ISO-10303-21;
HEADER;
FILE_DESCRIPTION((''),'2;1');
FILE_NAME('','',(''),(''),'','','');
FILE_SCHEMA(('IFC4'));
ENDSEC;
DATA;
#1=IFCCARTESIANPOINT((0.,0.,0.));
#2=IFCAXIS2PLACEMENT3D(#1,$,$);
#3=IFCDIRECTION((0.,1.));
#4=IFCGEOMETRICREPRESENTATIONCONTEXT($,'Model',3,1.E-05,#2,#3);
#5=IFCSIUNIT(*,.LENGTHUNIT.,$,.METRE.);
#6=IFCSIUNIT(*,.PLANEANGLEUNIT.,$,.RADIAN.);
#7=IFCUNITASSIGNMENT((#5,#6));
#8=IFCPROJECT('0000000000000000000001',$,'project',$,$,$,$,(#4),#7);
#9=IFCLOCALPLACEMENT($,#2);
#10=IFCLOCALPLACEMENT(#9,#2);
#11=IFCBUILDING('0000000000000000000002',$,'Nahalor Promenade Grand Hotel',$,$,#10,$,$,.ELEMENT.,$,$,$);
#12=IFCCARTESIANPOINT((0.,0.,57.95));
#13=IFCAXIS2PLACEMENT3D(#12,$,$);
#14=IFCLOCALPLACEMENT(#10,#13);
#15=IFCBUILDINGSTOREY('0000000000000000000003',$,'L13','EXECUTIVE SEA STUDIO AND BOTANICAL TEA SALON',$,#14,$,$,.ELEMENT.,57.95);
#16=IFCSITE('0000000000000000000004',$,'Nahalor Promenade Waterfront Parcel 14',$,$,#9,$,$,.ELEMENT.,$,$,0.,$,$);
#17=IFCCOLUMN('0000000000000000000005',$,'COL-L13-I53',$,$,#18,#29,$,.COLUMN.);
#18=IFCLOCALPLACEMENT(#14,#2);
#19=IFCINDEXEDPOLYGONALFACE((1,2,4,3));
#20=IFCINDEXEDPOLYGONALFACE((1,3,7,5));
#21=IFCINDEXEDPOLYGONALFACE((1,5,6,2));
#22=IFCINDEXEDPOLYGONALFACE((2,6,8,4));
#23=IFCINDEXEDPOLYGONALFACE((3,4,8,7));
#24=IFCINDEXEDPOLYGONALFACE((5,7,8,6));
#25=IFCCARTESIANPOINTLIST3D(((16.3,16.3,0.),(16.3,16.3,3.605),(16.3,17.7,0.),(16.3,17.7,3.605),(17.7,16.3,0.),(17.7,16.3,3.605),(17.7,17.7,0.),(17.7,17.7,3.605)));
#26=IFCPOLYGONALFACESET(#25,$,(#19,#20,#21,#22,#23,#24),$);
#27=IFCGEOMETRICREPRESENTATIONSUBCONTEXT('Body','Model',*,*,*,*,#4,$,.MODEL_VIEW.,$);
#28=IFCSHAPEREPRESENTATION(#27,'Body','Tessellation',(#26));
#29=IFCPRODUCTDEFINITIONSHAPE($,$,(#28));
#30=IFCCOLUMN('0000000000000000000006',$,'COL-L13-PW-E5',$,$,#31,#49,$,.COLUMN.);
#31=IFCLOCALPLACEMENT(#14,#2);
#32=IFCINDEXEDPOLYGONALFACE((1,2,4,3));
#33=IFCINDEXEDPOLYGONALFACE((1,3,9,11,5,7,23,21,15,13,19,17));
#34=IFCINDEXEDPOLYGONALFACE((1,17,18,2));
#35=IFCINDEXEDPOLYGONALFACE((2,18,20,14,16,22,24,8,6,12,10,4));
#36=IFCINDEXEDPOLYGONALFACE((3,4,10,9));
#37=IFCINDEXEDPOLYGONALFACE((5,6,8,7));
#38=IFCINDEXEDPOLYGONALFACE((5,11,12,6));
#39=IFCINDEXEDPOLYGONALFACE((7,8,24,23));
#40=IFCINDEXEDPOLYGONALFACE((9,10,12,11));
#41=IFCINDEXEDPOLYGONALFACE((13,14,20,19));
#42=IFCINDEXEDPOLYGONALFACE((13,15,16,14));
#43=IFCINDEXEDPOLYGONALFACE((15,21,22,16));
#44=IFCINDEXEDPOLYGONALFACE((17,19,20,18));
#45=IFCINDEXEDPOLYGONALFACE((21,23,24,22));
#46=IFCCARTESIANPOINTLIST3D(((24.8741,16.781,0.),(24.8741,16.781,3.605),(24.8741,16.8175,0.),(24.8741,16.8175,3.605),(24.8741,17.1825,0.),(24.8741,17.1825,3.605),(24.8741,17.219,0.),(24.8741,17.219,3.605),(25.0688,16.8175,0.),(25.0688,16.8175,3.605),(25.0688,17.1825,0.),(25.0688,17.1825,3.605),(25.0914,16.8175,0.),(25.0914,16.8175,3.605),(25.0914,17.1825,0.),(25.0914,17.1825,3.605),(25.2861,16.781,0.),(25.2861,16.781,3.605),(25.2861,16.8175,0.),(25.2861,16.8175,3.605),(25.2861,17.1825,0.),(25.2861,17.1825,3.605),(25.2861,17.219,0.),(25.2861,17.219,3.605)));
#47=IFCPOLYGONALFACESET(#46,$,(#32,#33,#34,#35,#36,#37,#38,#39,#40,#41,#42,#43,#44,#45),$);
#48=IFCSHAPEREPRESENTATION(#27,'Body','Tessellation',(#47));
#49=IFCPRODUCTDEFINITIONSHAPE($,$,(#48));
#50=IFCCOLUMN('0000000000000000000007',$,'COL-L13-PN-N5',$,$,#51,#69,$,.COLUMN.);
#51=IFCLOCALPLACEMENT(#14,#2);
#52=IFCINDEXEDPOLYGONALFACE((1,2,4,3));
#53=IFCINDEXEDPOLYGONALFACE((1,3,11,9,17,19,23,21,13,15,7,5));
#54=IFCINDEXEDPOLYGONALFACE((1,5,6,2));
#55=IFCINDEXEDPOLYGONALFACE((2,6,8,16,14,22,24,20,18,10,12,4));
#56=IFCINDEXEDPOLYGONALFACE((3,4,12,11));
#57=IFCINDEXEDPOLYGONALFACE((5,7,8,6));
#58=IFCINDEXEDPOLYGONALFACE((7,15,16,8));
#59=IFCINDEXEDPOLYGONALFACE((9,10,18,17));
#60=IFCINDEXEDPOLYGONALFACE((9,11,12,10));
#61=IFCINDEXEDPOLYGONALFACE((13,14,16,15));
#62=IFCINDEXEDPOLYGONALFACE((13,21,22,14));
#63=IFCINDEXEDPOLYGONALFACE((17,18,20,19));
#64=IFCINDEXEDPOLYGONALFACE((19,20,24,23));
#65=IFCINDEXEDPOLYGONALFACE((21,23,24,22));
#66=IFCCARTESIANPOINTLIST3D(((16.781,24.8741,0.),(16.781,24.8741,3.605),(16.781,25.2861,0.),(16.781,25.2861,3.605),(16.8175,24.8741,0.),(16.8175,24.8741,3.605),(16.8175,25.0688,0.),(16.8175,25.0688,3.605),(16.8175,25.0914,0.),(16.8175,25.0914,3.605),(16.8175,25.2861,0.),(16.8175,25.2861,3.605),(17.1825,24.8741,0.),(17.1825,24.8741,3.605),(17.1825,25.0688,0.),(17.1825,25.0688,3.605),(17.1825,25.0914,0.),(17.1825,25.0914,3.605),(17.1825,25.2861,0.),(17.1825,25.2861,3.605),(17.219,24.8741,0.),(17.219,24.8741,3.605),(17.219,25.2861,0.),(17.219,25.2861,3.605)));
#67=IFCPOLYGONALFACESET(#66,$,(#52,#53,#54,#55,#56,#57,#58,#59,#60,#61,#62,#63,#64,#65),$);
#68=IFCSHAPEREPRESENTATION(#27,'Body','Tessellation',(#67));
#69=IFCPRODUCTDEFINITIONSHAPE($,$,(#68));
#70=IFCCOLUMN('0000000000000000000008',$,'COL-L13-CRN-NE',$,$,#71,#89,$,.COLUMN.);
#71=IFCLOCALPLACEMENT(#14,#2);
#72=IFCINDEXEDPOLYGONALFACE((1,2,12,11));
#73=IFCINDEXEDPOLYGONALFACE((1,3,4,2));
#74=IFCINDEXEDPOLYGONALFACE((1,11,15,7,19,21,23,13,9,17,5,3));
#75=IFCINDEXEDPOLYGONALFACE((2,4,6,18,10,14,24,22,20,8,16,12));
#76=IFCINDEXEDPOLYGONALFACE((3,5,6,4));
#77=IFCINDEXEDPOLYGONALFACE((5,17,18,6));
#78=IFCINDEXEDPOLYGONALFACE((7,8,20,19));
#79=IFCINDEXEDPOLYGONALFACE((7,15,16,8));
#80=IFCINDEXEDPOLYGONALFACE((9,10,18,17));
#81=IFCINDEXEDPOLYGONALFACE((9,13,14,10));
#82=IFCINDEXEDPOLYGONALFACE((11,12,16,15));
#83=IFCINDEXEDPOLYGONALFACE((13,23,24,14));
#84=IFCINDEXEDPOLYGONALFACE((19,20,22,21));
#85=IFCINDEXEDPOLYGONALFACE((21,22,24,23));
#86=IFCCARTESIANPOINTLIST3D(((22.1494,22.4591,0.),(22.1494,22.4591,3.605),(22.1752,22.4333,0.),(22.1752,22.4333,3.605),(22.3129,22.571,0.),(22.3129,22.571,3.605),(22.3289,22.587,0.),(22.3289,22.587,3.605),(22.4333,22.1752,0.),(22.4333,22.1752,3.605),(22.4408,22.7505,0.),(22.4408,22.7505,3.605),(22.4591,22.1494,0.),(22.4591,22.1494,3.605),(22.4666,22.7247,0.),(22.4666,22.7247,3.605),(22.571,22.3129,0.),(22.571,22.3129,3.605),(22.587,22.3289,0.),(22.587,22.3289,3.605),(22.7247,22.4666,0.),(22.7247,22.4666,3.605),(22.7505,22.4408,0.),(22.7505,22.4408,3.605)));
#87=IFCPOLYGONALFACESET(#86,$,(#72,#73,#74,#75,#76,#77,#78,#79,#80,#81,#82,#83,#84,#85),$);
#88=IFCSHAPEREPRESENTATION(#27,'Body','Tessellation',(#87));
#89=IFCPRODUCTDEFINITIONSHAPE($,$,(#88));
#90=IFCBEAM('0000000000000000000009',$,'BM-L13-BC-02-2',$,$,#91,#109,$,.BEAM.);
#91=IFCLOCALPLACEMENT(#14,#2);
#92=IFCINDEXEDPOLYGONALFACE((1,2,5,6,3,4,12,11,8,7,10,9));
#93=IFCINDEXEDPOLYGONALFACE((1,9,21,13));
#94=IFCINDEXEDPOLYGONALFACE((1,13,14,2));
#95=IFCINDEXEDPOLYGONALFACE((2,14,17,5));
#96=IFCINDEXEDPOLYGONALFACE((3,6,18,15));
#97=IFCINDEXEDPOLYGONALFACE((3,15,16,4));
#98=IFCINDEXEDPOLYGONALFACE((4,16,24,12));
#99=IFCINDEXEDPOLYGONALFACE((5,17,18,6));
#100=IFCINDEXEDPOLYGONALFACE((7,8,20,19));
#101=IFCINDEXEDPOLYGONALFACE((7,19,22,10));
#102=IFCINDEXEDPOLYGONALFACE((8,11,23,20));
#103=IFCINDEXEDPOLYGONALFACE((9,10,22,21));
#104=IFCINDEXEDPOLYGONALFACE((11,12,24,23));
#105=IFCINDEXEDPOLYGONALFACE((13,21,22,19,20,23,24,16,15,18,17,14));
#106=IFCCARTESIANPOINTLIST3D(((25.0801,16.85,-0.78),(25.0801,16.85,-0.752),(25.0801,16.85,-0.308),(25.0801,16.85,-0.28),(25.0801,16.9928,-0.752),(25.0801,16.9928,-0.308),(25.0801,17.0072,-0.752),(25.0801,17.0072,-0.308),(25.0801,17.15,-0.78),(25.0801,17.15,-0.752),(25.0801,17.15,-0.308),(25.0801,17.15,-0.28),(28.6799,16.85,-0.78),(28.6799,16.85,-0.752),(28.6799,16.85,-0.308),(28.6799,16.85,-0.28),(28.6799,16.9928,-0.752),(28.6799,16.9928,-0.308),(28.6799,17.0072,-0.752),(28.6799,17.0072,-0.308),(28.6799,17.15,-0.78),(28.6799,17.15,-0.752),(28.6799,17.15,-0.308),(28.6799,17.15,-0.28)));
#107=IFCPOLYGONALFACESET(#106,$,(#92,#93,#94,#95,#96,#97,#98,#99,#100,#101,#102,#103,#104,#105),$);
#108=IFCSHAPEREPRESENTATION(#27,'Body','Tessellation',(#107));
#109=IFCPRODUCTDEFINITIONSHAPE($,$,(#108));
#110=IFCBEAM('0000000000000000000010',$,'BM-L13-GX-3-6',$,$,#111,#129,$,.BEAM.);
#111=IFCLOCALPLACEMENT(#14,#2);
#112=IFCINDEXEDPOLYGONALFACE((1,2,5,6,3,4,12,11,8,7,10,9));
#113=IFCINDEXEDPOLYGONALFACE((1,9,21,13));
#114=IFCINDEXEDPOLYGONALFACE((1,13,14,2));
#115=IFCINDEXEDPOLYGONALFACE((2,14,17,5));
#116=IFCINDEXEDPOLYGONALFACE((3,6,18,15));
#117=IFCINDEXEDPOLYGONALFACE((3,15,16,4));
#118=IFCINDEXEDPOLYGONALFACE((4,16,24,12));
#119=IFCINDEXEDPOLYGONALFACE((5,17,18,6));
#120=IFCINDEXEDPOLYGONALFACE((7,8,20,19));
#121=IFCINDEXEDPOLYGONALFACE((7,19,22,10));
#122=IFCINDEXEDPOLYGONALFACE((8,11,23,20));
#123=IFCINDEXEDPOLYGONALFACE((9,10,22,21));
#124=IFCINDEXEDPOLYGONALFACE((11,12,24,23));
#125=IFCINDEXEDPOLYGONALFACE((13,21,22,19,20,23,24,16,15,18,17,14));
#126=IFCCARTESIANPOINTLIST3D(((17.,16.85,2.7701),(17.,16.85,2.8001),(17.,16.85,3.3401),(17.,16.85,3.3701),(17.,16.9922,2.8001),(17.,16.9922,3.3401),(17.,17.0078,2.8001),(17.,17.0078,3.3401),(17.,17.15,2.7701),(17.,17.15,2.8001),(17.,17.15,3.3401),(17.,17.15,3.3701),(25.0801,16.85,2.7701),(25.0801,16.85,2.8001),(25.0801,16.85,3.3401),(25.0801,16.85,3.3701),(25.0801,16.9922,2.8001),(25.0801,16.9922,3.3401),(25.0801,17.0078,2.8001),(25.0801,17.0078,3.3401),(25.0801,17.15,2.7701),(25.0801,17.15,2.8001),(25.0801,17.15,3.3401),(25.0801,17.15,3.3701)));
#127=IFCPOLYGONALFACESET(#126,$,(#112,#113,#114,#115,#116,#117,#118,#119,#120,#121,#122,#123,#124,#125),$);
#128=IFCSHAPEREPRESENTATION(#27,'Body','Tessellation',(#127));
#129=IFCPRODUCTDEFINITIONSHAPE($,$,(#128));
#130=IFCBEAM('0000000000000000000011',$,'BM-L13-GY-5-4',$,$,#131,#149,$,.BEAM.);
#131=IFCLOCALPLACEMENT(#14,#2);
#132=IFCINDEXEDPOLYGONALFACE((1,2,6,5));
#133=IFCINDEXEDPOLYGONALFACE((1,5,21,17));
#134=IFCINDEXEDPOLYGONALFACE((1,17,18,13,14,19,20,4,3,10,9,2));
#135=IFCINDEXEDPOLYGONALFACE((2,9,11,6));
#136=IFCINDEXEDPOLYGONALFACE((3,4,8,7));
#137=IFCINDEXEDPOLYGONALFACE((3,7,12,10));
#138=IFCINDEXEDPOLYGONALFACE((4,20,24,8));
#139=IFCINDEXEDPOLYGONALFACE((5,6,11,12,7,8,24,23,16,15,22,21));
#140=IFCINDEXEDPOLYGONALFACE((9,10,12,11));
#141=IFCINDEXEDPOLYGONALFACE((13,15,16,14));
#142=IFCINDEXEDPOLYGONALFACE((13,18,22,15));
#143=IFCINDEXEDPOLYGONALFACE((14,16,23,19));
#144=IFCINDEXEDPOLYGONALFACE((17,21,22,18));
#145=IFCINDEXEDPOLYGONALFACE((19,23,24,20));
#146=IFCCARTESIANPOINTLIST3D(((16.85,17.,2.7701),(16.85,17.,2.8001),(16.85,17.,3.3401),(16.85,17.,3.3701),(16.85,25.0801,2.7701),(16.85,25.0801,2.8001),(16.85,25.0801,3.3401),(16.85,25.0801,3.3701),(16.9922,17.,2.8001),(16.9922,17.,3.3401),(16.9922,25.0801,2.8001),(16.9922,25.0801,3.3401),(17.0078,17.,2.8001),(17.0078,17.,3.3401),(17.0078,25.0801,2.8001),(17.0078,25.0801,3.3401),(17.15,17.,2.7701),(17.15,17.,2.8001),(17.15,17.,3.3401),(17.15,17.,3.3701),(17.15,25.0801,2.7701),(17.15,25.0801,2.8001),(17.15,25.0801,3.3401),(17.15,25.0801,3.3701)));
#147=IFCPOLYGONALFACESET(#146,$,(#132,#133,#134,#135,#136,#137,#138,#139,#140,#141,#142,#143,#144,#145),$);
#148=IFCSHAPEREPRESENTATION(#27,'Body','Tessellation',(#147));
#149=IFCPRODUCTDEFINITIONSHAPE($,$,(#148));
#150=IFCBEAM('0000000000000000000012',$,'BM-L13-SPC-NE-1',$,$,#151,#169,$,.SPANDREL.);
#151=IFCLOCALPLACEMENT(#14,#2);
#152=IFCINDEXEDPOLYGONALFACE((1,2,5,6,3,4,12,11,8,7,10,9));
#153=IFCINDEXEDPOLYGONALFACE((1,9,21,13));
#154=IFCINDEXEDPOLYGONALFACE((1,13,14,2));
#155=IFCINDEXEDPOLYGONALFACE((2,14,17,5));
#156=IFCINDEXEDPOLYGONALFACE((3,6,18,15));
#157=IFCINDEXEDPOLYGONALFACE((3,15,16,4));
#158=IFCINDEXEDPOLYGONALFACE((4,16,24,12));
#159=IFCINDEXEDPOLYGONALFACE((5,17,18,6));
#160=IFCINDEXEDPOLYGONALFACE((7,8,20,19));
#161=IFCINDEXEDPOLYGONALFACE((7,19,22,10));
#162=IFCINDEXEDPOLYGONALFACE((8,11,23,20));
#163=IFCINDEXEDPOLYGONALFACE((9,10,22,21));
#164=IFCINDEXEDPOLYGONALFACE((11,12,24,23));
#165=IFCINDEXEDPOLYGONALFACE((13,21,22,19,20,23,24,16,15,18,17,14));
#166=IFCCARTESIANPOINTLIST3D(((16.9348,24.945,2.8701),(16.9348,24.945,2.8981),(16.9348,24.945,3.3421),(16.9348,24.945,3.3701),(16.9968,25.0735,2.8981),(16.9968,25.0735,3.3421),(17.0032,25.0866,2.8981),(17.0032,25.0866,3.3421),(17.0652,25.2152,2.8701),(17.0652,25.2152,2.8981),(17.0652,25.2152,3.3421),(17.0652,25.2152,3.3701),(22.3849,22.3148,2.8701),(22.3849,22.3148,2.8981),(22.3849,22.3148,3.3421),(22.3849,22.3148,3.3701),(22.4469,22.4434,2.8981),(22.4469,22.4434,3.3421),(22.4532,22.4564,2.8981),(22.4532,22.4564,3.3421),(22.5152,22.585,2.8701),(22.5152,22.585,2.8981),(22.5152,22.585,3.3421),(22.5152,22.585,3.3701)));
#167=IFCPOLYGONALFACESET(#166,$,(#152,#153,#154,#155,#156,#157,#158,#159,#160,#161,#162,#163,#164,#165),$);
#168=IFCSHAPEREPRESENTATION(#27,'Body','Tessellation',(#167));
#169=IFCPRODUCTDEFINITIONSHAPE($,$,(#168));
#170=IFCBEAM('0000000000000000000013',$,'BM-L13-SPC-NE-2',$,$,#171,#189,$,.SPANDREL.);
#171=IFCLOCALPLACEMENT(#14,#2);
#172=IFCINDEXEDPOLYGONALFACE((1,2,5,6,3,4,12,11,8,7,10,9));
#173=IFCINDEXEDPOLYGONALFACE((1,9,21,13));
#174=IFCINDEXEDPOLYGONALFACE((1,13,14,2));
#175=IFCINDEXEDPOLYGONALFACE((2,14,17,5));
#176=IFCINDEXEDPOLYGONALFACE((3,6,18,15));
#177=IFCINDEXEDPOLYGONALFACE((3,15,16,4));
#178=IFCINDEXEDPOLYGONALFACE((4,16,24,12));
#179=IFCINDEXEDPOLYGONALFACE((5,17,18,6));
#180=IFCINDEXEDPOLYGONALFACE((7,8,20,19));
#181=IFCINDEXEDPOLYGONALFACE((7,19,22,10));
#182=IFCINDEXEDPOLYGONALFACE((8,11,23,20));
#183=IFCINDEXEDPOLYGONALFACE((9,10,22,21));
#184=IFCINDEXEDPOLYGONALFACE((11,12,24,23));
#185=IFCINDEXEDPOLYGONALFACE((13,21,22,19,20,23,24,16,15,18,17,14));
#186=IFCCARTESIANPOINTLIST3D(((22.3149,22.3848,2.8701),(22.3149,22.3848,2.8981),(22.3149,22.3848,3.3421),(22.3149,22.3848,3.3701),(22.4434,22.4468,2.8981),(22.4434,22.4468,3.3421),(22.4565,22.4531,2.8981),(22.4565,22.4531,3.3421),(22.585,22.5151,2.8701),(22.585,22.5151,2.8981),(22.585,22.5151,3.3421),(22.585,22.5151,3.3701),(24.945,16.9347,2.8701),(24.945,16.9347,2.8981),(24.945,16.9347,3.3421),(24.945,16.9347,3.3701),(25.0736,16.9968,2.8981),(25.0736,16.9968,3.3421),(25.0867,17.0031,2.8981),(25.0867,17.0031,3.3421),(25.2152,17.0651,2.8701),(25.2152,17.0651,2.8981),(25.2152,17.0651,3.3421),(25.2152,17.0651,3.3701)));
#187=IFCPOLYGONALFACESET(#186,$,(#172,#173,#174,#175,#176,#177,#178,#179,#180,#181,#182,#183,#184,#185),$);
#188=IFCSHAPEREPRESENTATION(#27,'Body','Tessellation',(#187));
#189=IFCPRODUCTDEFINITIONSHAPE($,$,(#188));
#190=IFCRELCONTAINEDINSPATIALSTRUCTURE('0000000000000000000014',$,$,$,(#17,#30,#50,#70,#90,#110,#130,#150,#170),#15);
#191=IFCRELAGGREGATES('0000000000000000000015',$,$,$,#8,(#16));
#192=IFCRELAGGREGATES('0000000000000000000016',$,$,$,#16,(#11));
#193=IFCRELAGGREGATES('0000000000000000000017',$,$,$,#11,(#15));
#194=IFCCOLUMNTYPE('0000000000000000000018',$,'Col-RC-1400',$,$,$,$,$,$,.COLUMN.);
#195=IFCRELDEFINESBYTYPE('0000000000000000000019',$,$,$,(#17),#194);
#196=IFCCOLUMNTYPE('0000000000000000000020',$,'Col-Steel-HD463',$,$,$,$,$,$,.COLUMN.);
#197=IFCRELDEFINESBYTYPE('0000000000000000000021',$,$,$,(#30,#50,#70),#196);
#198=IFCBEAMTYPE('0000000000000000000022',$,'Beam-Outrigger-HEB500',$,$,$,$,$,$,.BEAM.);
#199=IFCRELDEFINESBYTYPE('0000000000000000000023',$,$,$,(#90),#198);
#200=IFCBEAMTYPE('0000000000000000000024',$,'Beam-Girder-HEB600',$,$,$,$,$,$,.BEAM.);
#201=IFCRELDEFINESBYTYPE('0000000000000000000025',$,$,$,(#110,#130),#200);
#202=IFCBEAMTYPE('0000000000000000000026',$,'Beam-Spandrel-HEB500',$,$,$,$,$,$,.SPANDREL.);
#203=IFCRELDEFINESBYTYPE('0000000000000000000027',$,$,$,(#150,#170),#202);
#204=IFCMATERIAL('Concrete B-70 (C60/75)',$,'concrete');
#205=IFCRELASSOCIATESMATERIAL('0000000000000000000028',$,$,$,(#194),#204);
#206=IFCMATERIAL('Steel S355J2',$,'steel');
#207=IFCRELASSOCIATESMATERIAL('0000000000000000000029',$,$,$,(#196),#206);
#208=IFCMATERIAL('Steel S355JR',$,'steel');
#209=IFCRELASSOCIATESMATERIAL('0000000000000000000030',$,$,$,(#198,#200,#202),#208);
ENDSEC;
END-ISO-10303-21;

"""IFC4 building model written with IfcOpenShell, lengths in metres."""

from ifc_helpers import new_model, si_unit, direction, frame, origin, origin_2d, place, context, subcontext, project, spatial, rectangle, i_section, extrude, source, transform, mapped, material, material_profile, profile_set, type_object, element, save


model = new_model("IFC4")

# Units and contexts
model_context = context("Model", 3, precision=1e-05, world=origin(), true_north=direction((0.0, 1.0)))
body_context = subcontext(model_context, "Body", "Model", "MODEL_VIEW")
ifc_project = project(units=[si_unit("LENGTHUNIT", "METRE"), si_unit("PLANEANGLEUNIT", "RADIAN")], contexts=[model_context])

# Site, building, storey
site_placement = place(None, origin())
site = spatial("IfcSite", under=ifc_project, at=site_placement, Name="Nahalor Promenade Waterfront Parcel 14", CompositionType="ELEMENT", RefElevation=0.0)
building_placement = place(site_placement, origin())
building = spatial("IfcBuilding", under=site, at=building_placement, Name="Nahalor Promenade Grand Hotel", CompositionType="ELEMENT")
storey_placement = place(building_placement, frame((0.0, 0.0, 57.95)))
storey = spatial("IfcBuildingStorey", under=building, at=storey_placement, Name="L13", Description="EXECUTIVE SEA STUDIO AND BOTANICAL TEA SALON", CompositionType="ELEMENT", Elevation=57.95)

# Columns
ifc_material_1 = material(Name="Concrete B-70 (C60/75)", Category="concrete")
ifc_material_profile_1 = material_profile(ifc_material_1, rectangle(XDim=1.4, YDim=1.4, at=origin_2d()), Name="RC 1400x1400")
ifc_profile_set_1 = profile_set([ifc_material_profile_1], Name="Concrete B-70 (C60/75)")
column_type_1 = type_object("IfcColumnType", Name="Col-RC-1400", PredefinedType="COLUMN", material=ifc_profile_set_1)
shared_shape_1 = source(origin(), body_context, "Body", "SweptSolid", [
    extrude(rectangle(XDim=1.4, YDim=1.4, at=origin_2d()), origin(), (0.0, 0.0, 1.0), 3.605),
])
column_placement = place(storey_placement, frame((17.0, 17.0, 0.0), z_axis=(0.0, 0.0, 1.0), x_axis=(1.0, 0.0, 0.0)))
element("IfcColumn", 1, at=column_placement, inside=storey, type_object=column_type_1, Name="COL-L13-I53", PredefinedType="COLUMN", context=body_context, shape_type="MappedRepresentation", body=[
    mapped(shared_shape_1, transform((0.0, 0.0, 0.0), scale=1.0)),
])
ifc_material_2 = material(Name="Steel S355J2", Category="steel")
ifc_material_profile_2 = material_profile(ifc_material_2, i_section(OverallWidth=0.412, OverallDepth=0.438, WebThickness=0.0226, FlangeThickness=0.0365, at=origin_2d()), Name="HD 400x463")
ifc_profile_set_2 = profile_set([ifc_material_profile_2], Name="Steel S355J2")
column_type_2 = type_object("IfcColumnType", Name="Col-Steel-HD463", PredefinedType="COLUMN", material=ifc_profile_set_2)
shared_shape_2 = source(origin(), body_context, "Body", "SweptSolid", [
    extrude(i_section(OverallWidth=0.412, OverallDepth=0.438, WebThickness=0.0226, FlangeThickness=0.0365, at=origin_2d()), origin(), (0.0, 0.0, 1.0), 3.605),
])
for number, where, z_axis, x_axis, name in (
    (2, (25.0801, 17.0, 0.0), (0.0, 0.0, 1.0), (1.0, 0.0, 0.0), "COL-L13-PW-E5"),
    (3, (17.0, 25.0801, 0.0), (0.0, 0.0, 1.0), (0.0, 1.0, 0.0), "COL-L13-PN-N5"),
    (4, (22.45, 22.45, 0.0), (0.0, 0.0, 1.0), (0.707107, 0.707107, 0.0), "COL-L13-CRN-NE"),
):
    element("IfcColumn", number, at=place(storey_placement, frame(where, z_axis=z_axis, x_axis=x_axis)), inside=storey, type_object=column_type_2, Name=name, PredefinedType="COLUMN", context=body_context, shape_type="MappedRepresentation", body=[
        mapped(shared_shape_2, transform((0.0, 0.0, 0.0), scale=1.0)),
    ])

# Beams
ifc_material_3 = material(Name="Steel S355JR", Category="steel")
ifc_material_profile_3 = material_profile(ifc_material_3, i_section(OverallWidth=0.3, OverallDepth=0.5, WebThickness=0.0145, FlangeThickness=0.028, at=origin_2d()), Name="HEB 500")
ifc_profile_set_3 = profile_set([ifc_material_profile_3], Name="Steel S355JR")
beam_type_1 = type_object("IfcBeamType", Name="Beam-Outrigger-HEB500", PredefinedType="BEAM", material=ifc_profile_set_3)
shared_shape_3 = source(origin(), body_context, "Body", "SweptSolid", [
    extrude(i_section(OverallWidth=0.3, OverallDepth=0.5, WebThickness=0.0145, FlangeThickness=0.028, at=origin_2d()), origin(), (0.0, 0.0, 1.0), 3.5999),
])
beam_1_placement = place(storey_placement, frame((25.0801, 17.0, -0.53), z_axis=(1.0, 0.0, 0.0), x_axis=(0.0, 1.0, 0.0)))
element("IfcBeam", 5, at=beam_1_placement, inside=storey, type_object=beam_type_1, Name="BM-L13-BC-02-2", PredefinedType="BEAM", context=body_context, shape_type="MappedRepresentation", body=[
    mapped(shared_shape_3, transform((0.0, 0.0, 0.0), scale=1.0)),
])
ifc_material_profile_4 = material_profile(ifc_material_3, i_section(OverallWidth=0.3, OverallDepth=0.6, WebThickness=0.0155, FlangeThickness=0.03, at=origin_2d()), Name="HEB 600")
ifc_profile_set_4 = profile_set([ifc_material_profile_4], Name="Steel S355JR")
beam_type_2 = type_object("IfcBeamType", Name="Beam-Girder-HEB600", PredefinedType="BEAM", material=ifc_profile_set_4)
shared_shape_4 = source(origin(), body_context, "Body", "SweptSolid", [
    extrude(i_section(OverallWidth=0.3, OverallDepth=0.6, WebThickness=0.0155, FlangeThickness=0.03, at=origin_2d()), origin(), (0.0, 0.0, 1.0), 8.0801),
])
for number, where, z_axis, x_axis, name in (
    (6, (17.0, 17.0, 3.0701), (1.0, 0.0, 0.0), (0.0, 1.0, 0.0), "BM-L13-GX-3-6"),
    (7, (17.0, 17.0, 3.0701), (0.0, 1.0, 0.0), (-1.0, 0.0, 0.0), "BM-L13-GY-5-4"),
):
    element("IfcBeam", number, at=place(storey_placement, frame(where, z_axis=z_axis, x_axis=x_axis)), inside=storey, type_object=beam_type_2, Name=name, PredefinedType="BEAM", context=body_context, shape_type="MappedRepresentation", body=[
        mapped(shared_shape_4, transform((0.0, 0.0, 0.0), scale=1.0)),
    ])
ifc_material_profile_5 = material_profile(ifc_material_3, i_section(OverallWidth=0.3, OverallDepth=0.5, WebThickness=0.0145, FlangeThickness=0.028, at=origin_2d()), Name="HEB 500")
ifc_profile_set_5 = profile_set([ifc_material_profile_5], Name="Steel S355JR")
beam_type_3 = type_object("IfcBeamType", Name="Beam-Spandrel-HEB500", PredefinedType="SPANDREL", material=ifc_profile_set_5)
shared_shape_5 = source(origin(), body_context, "Body", "SweptSolid", [
    extrude(i_section(OverallWidth=0.3, OverallDepth=0.5, WebThickness=0.0145, FlangeThickness=0.028, at=origin_2d()), origin(), (0.0, 0.0, 1.0), 6.0515),
])
for number, where, z_axis, x_axis, name in (
    (8, (17.0, 25.0801, 3.1201), (0.900609, -0.434631, 0.0), (0.434631, 0.900609, 0.0), "BM-L13-SPC-NE-1"),
    (9, (22.45, 22.45, 3.1201), (0.434631, -0.900609, 0.0), (0.900609, 0.434631, 0.0), "BM-L13-SPC-NE-2"),
):
    element("IfcBeam", number, at=place(storey_placement, frame(where, z_axis=z_axis, x_axis=x_axis)), inside=storey, type_object=beam_type_3, Name=name, PredefinedType="SPANDREL", context=body_context, shape_type="MappedRepresentation", body=[
        mapped(shared_shape_5, transform((0.0, 0.0, 0.0), scale=1.0)),
    ])

save(model, "model.ifc")
